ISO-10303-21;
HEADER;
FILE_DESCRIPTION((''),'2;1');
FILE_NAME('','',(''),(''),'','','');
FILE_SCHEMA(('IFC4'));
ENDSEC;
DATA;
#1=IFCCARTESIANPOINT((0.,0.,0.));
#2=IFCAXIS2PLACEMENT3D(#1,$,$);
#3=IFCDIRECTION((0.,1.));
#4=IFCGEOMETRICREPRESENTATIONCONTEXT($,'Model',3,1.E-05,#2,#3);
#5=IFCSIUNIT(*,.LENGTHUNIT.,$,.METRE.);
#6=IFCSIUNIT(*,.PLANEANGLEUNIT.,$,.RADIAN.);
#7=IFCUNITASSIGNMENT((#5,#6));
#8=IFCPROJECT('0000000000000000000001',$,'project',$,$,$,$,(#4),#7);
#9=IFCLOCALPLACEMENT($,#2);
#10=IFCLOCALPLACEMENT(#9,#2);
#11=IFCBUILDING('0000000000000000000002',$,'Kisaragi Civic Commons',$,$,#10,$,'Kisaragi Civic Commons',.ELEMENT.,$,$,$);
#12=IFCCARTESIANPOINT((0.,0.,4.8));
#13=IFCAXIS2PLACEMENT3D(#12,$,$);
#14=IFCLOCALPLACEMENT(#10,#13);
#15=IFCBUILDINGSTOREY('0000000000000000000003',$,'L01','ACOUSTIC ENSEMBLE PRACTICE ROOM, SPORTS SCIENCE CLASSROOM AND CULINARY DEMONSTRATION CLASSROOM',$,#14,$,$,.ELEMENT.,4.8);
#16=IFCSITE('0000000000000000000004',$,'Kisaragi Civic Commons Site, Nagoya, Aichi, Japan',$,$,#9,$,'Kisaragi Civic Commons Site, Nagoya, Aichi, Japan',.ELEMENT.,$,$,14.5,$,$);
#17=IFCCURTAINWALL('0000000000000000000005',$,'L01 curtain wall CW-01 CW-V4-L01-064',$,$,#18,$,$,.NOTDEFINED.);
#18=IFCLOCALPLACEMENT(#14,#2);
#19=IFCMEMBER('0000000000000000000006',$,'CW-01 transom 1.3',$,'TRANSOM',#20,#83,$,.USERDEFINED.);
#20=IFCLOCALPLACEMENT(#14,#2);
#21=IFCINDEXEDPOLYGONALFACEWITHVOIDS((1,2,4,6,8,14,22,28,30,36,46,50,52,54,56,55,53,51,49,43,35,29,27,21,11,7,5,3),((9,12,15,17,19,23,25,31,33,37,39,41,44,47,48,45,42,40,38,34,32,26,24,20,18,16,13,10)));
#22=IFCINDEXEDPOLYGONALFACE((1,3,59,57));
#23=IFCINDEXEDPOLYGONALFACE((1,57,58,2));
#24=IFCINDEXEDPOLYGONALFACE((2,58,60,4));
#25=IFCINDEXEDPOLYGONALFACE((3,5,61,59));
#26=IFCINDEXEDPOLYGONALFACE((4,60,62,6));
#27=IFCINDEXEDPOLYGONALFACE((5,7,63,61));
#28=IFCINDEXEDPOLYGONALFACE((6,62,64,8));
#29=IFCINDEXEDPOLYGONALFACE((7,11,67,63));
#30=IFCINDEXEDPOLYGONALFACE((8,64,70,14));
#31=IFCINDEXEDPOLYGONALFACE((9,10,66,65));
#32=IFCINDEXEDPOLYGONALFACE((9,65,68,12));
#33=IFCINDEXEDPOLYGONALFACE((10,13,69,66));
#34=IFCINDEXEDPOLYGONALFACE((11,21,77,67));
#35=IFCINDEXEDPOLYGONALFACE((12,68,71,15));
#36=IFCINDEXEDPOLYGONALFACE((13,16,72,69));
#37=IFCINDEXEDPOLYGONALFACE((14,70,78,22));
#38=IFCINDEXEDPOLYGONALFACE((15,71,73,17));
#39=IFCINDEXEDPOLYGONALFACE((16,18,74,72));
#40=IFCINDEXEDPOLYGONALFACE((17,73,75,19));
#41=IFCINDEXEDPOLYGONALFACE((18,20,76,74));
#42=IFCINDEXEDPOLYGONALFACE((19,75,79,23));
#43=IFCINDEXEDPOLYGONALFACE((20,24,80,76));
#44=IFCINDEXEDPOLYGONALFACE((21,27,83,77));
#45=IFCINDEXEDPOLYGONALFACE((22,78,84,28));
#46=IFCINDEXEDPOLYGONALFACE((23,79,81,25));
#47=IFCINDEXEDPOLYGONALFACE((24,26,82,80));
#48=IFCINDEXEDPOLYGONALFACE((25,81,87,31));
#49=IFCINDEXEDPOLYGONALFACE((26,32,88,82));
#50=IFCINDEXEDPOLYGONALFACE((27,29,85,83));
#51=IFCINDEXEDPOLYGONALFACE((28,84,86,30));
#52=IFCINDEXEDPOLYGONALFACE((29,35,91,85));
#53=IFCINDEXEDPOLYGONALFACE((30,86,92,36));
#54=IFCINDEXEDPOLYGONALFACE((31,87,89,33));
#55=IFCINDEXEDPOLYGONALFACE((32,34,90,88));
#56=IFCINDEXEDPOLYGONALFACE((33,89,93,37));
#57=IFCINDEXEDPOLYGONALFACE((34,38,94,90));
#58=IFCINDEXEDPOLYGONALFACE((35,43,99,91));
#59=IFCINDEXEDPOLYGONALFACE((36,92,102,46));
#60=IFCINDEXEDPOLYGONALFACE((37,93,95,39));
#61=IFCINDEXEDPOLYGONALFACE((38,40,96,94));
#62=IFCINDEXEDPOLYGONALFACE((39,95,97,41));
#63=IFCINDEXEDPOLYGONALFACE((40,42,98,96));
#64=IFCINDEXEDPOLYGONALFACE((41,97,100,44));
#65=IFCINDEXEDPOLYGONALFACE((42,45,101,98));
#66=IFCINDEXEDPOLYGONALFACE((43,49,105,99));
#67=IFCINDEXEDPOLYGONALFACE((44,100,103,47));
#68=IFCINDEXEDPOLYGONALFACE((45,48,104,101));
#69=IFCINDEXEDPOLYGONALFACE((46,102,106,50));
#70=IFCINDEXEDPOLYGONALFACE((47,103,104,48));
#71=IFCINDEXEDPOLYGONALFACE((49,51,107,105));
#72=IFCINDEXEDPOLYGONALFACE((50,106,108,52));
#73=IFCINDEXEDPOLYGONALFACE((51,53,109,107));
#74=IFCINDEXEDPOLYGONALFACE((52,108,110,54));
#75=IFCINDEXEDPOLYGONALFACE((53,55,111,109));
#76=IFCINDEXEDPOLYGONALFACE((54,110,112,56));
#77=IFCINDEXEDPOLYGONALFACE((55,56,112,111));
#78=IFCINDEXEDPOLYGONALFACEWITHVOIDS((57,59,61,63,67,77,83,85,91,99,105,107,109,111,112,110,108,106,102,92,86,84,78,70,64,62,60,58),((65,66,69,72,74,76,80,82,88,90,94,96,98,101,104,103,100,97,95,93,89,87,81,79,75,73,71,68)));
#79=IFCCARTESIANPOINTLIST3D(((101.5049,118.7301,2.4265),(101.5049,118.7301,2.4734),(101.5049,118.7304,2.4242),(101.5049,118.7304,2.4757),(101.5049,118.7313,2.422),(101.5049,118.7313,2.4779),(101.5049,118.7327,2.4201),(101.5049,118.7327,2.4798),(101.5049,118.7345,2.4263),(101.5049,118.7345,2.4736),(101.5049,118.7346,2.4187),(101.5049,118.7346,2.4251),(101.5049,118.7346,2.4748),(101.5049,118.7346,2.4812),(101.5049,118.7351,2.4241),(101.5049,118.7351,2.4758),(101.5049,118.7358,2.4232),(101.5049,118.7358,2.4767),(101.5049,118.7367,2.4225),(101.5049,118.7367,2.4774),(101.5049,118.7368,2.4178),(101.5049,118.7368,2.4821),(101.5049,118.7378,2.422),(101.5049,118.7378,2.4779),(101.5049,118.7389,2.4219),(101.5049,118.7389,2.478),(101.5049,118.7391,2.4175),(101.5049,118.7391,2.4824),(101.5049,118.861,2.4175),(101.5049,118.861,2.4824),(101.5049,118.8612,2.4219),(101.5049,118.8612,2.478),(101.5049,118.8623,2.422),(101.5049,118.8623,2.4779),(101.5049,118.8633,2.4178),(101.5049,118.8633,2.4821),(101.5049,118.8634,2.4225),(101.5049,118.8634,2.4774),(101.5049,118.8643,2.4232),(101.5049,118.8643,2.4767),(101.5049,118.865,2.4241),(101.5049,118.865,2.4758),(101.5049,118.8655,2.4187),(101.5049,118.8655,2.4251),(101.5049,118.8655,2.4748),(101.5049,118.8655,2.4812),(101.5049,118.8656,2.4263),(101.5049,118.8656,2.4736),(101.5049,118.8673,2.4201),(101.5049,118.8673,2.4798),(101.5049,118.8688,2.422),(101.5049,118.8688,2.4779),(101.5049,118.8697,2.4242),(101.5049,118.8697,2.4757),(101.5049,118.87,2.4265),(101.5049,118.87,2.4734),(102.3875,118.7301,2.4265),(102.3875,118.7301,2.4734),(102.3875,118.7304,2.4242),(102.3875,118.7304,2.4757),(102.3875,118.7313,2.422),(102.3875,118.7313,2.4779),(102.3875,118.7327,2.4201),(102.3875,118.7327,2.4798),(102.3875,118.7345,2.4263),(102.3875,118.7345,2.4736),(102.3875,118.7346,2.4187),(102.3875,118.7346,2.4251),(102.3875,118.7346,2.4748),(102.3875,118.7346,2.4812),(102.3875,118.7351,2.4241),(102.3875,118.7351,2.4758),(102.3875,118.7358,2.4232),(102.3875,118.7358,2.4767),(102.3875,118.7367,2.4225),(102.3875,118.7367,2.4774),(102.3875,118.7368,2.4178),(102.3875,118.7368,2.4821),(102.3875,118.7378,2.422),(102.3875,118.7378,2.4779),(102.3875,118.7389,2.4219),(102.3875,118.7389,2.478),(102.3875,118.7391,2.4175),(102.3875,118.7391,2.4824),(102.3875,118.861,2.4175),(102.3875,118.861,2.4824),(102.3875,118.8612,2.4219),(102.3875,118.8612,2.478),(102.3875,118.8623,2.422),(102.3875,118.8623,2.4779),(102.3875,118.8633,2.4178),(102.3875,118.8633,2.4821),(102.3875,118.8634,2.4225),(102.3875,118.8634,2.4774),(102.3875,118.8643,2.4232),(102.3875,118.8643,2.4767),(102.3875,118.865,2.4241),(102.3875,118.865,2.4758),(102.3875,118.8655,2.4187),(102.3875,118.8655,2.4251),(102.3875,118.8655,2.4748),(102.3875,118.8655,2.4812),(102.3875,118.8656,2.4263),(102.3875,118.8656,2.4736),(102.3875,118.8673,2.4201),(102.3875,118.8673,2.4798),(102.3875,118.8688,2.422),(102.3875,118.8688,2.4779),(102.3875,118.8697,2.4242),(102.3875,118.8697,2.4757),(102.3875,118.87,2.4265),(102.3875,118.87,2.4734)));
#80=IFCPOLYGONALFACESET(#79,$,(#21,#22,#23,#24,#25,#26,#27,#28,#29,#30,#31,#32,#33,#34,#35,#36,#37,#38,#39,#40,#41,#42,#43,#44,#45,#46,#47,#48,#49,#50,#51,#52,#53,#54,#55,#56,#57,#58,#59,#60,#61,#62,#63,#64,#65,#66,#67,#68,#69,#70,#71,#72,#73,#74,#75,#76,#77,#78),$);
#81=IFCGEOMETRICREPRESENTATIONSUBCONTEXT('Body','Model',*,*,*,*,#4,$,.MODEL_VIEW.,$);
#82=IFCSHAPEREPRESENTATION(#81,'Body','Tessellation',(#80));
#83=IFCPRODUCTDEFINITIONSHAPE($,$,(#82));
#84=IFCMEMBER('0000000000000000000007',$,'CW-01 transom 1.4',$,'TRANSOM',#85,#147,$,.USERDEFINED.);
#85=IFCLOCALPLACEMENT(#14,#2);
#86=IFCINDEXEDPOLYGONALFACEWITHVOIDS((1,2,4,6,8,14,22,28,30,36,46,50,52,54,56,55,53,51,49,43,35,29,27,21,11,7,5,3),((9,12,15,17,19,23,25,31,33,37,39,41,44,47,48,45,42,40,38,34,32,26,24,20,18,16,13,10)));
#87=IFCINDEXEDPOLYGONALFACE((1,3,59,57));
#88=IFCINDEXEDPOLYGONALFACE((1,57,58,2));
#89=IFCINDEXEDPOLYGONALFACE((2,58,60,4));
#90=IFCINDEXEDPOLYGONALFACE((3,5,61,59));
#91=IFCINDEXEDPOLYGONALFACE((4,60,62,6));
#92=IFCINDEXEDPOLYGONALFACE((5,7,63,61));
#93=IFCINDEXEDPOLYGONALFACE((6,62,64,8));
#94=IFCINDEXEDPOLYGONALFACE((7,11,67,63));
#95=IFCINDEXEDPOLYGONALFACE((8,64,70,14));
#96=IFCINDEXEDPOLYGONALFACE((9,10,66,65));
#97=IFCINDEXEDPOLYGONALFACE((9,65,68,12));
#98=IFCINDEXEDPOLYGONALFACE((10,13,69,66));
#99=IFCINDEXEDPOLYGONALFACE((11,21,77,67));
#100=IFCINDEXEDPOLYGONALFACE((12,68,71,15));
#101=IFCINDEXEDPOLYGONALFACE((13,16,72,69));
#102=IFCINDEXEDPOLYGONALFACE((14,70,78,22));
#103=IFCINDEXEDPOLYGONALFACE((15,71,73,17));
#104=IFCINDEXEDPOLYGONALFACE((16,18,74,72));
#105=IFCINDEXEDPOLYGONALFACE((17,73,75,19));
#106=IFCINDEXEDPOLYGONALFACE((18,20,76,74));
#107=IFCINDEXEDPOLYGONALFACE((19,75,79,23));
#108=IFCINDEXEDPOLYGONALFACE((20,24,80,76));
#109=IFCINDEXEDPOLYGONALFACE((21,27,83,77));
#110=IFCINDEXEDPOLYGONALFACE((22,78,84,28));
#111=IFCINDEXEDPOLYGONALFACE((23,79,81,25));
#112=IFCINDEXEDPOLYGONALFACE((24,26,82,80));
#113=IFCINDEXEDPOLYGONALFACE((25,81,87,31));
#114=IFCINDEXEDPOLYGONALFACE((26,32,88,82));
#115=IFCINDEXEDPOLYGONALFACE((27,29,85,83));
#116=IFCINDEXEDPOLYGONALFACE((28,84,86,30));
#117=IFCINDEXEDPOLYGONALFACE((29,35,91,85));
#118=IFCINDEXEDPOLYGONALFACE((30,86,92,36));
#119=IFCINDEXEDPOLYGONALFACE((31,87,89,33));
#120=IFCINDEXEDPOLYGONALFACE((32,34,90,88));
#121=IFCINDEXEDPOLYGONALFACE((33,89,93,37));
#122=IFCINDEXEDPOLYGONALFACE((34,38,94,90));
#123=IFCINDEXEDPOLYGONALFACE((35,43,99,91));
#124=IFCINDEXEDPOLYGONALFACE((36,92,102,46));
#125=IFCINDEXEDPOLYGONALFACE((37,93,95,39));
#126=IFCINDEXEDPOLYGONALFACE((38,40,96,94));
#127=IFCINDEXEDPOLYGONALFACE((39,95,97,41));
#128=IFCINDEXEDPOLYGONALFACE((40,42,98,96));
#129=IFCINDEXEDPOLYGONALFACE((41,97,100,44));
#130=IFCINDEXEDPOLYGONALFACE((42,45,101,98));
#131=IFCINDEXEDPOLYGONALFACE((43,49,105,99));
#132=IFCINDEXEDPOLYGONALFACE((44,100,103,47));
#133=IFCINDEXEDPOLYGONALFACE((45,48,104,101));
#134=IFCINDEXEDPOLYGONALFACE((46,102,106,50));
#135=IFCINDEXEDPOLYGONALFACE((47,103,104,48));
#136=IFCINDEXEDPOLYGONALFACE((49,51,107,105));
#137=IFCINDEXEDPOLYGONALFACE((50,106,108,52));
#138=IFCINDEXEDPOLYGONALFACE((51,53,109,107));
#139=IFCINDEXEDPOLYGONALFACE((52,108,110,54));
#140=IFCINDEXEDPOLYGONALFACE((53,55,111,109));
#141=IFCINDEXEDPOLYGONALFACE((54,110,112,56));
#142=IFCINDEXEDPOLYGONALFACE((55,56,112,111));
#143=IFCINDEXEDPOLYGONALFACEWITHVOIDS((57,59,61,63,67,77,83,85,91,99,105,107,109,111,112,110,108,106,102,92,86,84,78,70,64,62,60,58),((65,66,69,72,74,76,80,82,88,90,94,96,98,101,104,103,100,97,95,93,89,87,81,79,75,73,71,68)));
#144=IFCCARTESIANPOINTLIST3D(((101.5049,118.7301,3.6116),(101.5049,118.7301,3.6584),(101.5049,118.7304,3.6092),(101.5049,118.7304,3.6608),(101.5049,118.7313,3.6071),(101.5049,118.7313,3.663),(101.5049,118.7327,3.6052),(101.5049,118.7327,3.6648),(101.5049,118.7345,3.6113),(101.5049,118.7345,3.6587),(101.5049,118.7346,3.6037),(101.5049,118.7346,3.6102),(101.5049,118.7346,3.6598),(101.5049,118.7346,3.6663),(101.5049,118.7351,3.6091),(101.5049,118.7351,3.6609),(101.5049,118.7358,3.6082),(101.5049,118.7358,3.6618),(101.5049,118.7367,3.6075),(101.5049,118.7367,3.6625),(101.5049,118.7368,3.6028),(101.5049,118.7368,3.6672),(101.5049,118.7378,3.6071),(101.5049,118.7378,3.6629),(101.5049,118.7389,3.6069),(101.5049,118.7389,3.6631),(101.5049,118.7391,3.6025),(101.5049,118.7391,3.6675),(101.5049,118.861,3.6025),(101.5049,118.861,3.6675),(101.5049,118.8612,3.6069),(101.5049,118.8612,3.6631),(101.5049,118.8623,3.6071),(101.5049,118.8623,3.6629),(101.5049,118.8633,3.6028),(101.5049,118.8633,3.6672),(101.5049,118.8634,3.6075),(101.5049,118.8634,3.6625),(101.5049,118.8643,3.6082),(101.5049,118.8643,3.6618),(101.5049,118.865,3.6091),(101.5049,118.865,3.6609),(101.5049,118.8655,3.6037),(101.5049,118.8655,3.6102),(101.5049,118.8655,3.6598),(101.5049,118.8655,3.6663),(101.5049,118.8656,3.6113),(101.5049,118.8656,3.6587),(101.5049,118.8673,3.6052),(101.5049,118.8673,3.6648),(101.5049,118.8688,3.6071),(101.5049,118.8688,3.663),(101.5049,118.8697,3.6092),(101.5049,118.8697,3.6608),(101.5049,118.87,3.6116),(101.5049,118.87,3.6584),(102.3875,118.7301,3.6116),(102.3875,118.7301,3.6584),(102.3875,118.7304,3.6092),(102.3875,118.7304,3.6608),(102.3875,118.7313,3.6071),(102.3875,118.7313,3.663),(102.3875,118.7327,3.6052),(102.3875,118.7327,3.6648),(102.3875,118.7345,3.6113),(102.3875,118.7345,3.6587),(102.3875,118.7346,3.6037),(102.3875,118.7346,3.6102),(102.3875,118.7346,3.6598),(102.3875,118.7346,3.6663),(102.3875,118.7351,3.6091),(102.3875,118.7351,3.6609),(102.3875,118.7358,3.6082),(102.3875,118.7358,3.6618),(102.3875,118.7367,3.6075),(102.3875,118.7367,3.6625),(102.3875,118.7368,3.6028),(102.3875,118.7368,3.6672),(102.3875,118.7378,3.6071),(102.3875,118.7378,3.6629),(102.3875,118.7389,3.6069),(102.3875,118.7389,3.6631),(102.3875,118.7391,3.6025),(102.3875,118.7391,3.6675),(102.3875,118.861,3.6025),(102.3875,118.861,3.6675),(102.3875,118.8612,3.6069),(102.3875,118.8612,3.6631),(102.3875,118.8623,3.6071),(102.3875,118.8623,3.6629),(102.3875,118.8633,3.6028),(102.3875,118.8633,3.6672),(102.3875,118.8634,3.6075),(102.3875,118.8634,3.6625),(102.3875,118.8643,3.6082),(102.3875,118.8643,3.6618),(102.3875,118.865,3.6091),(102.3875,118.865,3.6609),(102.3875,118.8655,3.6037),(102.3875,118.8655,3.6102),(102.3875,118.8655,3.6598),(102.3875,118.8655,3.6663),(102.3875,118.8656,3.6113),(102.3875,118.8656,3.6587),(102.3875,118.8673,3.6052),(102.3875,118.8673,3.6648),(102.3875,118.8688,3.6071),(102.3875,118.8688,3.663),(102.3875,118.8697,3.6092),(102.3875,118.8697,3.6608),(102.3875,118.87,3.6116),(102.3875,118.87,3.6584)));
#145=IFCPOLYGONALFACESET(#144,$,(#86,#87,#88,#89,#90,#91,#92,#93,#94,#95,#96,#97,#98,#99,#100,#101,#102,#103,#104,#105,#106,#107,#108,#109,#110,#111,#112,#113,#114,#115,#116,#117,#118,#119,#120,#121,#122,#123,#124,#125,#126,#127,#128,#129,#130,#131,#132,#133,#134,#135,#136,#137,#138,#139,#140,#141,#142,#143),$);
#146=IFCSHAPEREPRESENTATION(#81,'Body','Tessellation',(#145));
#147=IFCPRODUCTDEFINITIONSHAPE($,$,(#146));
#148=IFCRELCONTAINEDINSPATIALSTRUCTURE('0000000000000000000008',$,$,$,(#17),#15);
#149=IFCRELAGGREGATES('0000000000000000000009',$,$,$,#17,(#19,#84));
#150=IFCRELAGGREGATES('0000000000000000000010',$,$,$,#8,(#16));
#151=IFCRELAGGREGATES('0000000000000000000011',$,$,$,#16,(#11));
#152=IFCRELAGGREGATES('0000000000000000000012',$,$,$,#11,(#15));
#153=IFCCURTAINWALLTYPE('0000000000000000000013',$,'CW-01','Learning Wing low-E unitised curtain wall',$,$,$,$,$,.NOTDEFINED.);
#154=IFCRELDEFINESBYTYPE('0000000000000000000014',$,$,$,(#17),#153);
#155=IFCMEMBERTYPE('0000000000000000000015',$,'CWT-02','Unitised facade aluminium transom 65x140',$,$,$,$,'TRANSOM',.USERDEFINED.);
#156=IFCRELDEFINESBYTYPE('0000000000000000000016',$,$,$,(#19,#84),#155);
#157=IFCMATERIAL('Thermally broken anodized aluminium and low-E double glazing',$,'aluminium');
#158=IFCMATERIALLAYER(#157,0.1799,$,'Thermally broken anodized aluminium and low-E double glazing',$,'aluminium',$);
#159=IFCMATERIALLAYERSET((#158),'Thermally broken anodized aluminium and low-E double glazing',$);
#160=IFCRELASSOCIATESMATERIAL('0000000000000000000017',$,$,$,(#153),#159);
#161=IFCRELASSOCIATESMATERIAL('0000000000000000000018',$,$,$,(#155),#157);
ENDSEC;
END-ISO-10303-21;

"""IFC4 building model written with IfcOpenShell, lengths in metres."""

from ifc_helpers import new_model, si_unit, direction, frame, origin, origin_2d, place, context, subcontext, project, spatial, hollow_rectangle, extrude, material, layer, layer_set, material_profile, profile_set, type_object, element, aggregate, save


model = new_model("IFC4")

# Units and contexts
model_context = context("Model", 3, precision=1e-05, world=origin(), true_north=direction((0.0, 1.0)))
body_context = subcontext(model_context, "Body", "Model", "MODEL_VIEW")
ifc_project = project(units=[si_unit("LENGTHUNIT", "METRE"), si_unit("PLANEANGLEUNIT", "RADIAN")], contexts=[model_context])

# Site, building, storey
site_placement = place(None, origin())
site = spatial("IfcSite", under=ifc_project, at=site_placement, Name="Kisaragi Civic Commons Site, Nagoya, Aichi, Japan", LongName="Kisaragi Civic Commons Site, Nagoya, Aichi, Japan", CompositionType="ELEMENT", RefElevation=14.5)
building_placement = place(site_placement, origin())
building = spatial("IfcBuilding", under=site, at=building_placement, Name="Kisaragi Civic Commons", LongName="Kisaragi Civic Commons", CompositionType="ELEMENT")
storey_placement = place(building_placement, frame((0.0, 0.0, 4.8)))
storey = spatial("IfcBuildingStorey", under=building, at=storey_placement, Name="L01", Description="ACOUSTIC ENSEMBLE PRACTICE ROOM, SPORTS SCIENCE CLASSROOM AND CULINARY DEMONSTRATION CLASSROOM", CompositionType="ELEMENT", Elevation=4.8)

# Curtain wall
ifc_material = material(Name="Thermally broken anodized aluminium and low-E double glazing", Category="aluminium")
ifc_layer_1 = layer(ifc_material, 0.1799, Name="Thermally broken anodized aluminium and low-E double glazing", Category="aluminium")
ifc_layer_set_1 = layer_set([ifc_layer_1], Name="Thermally broken anodized aluminium and low-E double glazing")
curtain_wall_type = type_object("IfcCurtainWallType", Name="CW-01", Description="Learning Wing low-E unitised curtain wall", PredefinedType="NOTDEFINED", material=ifc_layer_set_1)
curtain_wall_1_placement = place(storey_placement, origin())
curtain_wall_1 = element("IfcCurtainWall", 1, at=curtain_wall_1_placement, inside=storey, type_object=curtain_wall_type, Name="L01 curtain wall CW-01 CW-V4-L01-064", PredefinedType="NOTDEFINED")

# Members
ifc_material_profile_1 = material_profile(ifc_material, hollow_rectangle(XDim=0.1399, YDim=0.0649, WallThickness=0.0044, InnerFilletRadius=0.0044, OuterFilletRadius=0.009, at=origin_2d()), Name="CWT-65x140x4.5", Category="aluminium")
ifc_profile_set_1 = profile_set([ifc_material_profile_1], Name="Thermally broken anodized aluminium and low-E double glazing")
member_type_1 = type_object("IfcMemberType", Name="CWT-02", Description="Unitised facade aluminium transom 65x140", ElementType="TRANSOM", PredefinedType="USERDEFINED", material=ifc_profile_set_1)
member_1_placement = place(storey_placement, frame((101.5049, 118.8, 2.45), z_axis=(1.0, 0.0, 0.0), x_axis=(0.0, 1.0, 0.0)))
member_1 = element("IfcMember", 2, at=member_1_placement, type_object=member_type_1, Name="CW-01 transom 1.3", ObjectType="TRANSOM", PredefinedType="USERDEFINED", context=body_context, shape_type="SweptSolid", body=[
    extrude(hollow_rectangle(XDim=0.1399, YDim=0.0649, WallThickness=0.0044, InnerFilletRadius=0.0044, OuterFilletRadius=0.009, at=origin_2d()), origin(), (0.0, 0.0, 1.0), 0.8826),
])
member_2_placement = place(storey_placement, frame((101.5049, 118.8, 3.635), z_axis=(1.0, 0.0, 0.0), x_axis=(0.0, 1.0, 0.0)))
member_2 = element("IfcMember", 3, at=member_2_placement, type_object=member_type_1, Name="CW-01 transom 1.4", ObjectType="TRANSOM", PredefinedType="USERDEFINED", context=body_context, shape_type="SweptSolid", body=[
    extrude(hollow_rectangle(XDim=0.1399, YDim=0.0649, WallThickness=0.0044, InnerFilletRadius=0.0044, OuterFilletRadius=0.009, at=origin_2d()), origin(), (0.0, 0.0, 1.0), 0.8826),
])

aggregate(curtain_wall_1, [member_1, member_2])

save(model, "model.ifc")
